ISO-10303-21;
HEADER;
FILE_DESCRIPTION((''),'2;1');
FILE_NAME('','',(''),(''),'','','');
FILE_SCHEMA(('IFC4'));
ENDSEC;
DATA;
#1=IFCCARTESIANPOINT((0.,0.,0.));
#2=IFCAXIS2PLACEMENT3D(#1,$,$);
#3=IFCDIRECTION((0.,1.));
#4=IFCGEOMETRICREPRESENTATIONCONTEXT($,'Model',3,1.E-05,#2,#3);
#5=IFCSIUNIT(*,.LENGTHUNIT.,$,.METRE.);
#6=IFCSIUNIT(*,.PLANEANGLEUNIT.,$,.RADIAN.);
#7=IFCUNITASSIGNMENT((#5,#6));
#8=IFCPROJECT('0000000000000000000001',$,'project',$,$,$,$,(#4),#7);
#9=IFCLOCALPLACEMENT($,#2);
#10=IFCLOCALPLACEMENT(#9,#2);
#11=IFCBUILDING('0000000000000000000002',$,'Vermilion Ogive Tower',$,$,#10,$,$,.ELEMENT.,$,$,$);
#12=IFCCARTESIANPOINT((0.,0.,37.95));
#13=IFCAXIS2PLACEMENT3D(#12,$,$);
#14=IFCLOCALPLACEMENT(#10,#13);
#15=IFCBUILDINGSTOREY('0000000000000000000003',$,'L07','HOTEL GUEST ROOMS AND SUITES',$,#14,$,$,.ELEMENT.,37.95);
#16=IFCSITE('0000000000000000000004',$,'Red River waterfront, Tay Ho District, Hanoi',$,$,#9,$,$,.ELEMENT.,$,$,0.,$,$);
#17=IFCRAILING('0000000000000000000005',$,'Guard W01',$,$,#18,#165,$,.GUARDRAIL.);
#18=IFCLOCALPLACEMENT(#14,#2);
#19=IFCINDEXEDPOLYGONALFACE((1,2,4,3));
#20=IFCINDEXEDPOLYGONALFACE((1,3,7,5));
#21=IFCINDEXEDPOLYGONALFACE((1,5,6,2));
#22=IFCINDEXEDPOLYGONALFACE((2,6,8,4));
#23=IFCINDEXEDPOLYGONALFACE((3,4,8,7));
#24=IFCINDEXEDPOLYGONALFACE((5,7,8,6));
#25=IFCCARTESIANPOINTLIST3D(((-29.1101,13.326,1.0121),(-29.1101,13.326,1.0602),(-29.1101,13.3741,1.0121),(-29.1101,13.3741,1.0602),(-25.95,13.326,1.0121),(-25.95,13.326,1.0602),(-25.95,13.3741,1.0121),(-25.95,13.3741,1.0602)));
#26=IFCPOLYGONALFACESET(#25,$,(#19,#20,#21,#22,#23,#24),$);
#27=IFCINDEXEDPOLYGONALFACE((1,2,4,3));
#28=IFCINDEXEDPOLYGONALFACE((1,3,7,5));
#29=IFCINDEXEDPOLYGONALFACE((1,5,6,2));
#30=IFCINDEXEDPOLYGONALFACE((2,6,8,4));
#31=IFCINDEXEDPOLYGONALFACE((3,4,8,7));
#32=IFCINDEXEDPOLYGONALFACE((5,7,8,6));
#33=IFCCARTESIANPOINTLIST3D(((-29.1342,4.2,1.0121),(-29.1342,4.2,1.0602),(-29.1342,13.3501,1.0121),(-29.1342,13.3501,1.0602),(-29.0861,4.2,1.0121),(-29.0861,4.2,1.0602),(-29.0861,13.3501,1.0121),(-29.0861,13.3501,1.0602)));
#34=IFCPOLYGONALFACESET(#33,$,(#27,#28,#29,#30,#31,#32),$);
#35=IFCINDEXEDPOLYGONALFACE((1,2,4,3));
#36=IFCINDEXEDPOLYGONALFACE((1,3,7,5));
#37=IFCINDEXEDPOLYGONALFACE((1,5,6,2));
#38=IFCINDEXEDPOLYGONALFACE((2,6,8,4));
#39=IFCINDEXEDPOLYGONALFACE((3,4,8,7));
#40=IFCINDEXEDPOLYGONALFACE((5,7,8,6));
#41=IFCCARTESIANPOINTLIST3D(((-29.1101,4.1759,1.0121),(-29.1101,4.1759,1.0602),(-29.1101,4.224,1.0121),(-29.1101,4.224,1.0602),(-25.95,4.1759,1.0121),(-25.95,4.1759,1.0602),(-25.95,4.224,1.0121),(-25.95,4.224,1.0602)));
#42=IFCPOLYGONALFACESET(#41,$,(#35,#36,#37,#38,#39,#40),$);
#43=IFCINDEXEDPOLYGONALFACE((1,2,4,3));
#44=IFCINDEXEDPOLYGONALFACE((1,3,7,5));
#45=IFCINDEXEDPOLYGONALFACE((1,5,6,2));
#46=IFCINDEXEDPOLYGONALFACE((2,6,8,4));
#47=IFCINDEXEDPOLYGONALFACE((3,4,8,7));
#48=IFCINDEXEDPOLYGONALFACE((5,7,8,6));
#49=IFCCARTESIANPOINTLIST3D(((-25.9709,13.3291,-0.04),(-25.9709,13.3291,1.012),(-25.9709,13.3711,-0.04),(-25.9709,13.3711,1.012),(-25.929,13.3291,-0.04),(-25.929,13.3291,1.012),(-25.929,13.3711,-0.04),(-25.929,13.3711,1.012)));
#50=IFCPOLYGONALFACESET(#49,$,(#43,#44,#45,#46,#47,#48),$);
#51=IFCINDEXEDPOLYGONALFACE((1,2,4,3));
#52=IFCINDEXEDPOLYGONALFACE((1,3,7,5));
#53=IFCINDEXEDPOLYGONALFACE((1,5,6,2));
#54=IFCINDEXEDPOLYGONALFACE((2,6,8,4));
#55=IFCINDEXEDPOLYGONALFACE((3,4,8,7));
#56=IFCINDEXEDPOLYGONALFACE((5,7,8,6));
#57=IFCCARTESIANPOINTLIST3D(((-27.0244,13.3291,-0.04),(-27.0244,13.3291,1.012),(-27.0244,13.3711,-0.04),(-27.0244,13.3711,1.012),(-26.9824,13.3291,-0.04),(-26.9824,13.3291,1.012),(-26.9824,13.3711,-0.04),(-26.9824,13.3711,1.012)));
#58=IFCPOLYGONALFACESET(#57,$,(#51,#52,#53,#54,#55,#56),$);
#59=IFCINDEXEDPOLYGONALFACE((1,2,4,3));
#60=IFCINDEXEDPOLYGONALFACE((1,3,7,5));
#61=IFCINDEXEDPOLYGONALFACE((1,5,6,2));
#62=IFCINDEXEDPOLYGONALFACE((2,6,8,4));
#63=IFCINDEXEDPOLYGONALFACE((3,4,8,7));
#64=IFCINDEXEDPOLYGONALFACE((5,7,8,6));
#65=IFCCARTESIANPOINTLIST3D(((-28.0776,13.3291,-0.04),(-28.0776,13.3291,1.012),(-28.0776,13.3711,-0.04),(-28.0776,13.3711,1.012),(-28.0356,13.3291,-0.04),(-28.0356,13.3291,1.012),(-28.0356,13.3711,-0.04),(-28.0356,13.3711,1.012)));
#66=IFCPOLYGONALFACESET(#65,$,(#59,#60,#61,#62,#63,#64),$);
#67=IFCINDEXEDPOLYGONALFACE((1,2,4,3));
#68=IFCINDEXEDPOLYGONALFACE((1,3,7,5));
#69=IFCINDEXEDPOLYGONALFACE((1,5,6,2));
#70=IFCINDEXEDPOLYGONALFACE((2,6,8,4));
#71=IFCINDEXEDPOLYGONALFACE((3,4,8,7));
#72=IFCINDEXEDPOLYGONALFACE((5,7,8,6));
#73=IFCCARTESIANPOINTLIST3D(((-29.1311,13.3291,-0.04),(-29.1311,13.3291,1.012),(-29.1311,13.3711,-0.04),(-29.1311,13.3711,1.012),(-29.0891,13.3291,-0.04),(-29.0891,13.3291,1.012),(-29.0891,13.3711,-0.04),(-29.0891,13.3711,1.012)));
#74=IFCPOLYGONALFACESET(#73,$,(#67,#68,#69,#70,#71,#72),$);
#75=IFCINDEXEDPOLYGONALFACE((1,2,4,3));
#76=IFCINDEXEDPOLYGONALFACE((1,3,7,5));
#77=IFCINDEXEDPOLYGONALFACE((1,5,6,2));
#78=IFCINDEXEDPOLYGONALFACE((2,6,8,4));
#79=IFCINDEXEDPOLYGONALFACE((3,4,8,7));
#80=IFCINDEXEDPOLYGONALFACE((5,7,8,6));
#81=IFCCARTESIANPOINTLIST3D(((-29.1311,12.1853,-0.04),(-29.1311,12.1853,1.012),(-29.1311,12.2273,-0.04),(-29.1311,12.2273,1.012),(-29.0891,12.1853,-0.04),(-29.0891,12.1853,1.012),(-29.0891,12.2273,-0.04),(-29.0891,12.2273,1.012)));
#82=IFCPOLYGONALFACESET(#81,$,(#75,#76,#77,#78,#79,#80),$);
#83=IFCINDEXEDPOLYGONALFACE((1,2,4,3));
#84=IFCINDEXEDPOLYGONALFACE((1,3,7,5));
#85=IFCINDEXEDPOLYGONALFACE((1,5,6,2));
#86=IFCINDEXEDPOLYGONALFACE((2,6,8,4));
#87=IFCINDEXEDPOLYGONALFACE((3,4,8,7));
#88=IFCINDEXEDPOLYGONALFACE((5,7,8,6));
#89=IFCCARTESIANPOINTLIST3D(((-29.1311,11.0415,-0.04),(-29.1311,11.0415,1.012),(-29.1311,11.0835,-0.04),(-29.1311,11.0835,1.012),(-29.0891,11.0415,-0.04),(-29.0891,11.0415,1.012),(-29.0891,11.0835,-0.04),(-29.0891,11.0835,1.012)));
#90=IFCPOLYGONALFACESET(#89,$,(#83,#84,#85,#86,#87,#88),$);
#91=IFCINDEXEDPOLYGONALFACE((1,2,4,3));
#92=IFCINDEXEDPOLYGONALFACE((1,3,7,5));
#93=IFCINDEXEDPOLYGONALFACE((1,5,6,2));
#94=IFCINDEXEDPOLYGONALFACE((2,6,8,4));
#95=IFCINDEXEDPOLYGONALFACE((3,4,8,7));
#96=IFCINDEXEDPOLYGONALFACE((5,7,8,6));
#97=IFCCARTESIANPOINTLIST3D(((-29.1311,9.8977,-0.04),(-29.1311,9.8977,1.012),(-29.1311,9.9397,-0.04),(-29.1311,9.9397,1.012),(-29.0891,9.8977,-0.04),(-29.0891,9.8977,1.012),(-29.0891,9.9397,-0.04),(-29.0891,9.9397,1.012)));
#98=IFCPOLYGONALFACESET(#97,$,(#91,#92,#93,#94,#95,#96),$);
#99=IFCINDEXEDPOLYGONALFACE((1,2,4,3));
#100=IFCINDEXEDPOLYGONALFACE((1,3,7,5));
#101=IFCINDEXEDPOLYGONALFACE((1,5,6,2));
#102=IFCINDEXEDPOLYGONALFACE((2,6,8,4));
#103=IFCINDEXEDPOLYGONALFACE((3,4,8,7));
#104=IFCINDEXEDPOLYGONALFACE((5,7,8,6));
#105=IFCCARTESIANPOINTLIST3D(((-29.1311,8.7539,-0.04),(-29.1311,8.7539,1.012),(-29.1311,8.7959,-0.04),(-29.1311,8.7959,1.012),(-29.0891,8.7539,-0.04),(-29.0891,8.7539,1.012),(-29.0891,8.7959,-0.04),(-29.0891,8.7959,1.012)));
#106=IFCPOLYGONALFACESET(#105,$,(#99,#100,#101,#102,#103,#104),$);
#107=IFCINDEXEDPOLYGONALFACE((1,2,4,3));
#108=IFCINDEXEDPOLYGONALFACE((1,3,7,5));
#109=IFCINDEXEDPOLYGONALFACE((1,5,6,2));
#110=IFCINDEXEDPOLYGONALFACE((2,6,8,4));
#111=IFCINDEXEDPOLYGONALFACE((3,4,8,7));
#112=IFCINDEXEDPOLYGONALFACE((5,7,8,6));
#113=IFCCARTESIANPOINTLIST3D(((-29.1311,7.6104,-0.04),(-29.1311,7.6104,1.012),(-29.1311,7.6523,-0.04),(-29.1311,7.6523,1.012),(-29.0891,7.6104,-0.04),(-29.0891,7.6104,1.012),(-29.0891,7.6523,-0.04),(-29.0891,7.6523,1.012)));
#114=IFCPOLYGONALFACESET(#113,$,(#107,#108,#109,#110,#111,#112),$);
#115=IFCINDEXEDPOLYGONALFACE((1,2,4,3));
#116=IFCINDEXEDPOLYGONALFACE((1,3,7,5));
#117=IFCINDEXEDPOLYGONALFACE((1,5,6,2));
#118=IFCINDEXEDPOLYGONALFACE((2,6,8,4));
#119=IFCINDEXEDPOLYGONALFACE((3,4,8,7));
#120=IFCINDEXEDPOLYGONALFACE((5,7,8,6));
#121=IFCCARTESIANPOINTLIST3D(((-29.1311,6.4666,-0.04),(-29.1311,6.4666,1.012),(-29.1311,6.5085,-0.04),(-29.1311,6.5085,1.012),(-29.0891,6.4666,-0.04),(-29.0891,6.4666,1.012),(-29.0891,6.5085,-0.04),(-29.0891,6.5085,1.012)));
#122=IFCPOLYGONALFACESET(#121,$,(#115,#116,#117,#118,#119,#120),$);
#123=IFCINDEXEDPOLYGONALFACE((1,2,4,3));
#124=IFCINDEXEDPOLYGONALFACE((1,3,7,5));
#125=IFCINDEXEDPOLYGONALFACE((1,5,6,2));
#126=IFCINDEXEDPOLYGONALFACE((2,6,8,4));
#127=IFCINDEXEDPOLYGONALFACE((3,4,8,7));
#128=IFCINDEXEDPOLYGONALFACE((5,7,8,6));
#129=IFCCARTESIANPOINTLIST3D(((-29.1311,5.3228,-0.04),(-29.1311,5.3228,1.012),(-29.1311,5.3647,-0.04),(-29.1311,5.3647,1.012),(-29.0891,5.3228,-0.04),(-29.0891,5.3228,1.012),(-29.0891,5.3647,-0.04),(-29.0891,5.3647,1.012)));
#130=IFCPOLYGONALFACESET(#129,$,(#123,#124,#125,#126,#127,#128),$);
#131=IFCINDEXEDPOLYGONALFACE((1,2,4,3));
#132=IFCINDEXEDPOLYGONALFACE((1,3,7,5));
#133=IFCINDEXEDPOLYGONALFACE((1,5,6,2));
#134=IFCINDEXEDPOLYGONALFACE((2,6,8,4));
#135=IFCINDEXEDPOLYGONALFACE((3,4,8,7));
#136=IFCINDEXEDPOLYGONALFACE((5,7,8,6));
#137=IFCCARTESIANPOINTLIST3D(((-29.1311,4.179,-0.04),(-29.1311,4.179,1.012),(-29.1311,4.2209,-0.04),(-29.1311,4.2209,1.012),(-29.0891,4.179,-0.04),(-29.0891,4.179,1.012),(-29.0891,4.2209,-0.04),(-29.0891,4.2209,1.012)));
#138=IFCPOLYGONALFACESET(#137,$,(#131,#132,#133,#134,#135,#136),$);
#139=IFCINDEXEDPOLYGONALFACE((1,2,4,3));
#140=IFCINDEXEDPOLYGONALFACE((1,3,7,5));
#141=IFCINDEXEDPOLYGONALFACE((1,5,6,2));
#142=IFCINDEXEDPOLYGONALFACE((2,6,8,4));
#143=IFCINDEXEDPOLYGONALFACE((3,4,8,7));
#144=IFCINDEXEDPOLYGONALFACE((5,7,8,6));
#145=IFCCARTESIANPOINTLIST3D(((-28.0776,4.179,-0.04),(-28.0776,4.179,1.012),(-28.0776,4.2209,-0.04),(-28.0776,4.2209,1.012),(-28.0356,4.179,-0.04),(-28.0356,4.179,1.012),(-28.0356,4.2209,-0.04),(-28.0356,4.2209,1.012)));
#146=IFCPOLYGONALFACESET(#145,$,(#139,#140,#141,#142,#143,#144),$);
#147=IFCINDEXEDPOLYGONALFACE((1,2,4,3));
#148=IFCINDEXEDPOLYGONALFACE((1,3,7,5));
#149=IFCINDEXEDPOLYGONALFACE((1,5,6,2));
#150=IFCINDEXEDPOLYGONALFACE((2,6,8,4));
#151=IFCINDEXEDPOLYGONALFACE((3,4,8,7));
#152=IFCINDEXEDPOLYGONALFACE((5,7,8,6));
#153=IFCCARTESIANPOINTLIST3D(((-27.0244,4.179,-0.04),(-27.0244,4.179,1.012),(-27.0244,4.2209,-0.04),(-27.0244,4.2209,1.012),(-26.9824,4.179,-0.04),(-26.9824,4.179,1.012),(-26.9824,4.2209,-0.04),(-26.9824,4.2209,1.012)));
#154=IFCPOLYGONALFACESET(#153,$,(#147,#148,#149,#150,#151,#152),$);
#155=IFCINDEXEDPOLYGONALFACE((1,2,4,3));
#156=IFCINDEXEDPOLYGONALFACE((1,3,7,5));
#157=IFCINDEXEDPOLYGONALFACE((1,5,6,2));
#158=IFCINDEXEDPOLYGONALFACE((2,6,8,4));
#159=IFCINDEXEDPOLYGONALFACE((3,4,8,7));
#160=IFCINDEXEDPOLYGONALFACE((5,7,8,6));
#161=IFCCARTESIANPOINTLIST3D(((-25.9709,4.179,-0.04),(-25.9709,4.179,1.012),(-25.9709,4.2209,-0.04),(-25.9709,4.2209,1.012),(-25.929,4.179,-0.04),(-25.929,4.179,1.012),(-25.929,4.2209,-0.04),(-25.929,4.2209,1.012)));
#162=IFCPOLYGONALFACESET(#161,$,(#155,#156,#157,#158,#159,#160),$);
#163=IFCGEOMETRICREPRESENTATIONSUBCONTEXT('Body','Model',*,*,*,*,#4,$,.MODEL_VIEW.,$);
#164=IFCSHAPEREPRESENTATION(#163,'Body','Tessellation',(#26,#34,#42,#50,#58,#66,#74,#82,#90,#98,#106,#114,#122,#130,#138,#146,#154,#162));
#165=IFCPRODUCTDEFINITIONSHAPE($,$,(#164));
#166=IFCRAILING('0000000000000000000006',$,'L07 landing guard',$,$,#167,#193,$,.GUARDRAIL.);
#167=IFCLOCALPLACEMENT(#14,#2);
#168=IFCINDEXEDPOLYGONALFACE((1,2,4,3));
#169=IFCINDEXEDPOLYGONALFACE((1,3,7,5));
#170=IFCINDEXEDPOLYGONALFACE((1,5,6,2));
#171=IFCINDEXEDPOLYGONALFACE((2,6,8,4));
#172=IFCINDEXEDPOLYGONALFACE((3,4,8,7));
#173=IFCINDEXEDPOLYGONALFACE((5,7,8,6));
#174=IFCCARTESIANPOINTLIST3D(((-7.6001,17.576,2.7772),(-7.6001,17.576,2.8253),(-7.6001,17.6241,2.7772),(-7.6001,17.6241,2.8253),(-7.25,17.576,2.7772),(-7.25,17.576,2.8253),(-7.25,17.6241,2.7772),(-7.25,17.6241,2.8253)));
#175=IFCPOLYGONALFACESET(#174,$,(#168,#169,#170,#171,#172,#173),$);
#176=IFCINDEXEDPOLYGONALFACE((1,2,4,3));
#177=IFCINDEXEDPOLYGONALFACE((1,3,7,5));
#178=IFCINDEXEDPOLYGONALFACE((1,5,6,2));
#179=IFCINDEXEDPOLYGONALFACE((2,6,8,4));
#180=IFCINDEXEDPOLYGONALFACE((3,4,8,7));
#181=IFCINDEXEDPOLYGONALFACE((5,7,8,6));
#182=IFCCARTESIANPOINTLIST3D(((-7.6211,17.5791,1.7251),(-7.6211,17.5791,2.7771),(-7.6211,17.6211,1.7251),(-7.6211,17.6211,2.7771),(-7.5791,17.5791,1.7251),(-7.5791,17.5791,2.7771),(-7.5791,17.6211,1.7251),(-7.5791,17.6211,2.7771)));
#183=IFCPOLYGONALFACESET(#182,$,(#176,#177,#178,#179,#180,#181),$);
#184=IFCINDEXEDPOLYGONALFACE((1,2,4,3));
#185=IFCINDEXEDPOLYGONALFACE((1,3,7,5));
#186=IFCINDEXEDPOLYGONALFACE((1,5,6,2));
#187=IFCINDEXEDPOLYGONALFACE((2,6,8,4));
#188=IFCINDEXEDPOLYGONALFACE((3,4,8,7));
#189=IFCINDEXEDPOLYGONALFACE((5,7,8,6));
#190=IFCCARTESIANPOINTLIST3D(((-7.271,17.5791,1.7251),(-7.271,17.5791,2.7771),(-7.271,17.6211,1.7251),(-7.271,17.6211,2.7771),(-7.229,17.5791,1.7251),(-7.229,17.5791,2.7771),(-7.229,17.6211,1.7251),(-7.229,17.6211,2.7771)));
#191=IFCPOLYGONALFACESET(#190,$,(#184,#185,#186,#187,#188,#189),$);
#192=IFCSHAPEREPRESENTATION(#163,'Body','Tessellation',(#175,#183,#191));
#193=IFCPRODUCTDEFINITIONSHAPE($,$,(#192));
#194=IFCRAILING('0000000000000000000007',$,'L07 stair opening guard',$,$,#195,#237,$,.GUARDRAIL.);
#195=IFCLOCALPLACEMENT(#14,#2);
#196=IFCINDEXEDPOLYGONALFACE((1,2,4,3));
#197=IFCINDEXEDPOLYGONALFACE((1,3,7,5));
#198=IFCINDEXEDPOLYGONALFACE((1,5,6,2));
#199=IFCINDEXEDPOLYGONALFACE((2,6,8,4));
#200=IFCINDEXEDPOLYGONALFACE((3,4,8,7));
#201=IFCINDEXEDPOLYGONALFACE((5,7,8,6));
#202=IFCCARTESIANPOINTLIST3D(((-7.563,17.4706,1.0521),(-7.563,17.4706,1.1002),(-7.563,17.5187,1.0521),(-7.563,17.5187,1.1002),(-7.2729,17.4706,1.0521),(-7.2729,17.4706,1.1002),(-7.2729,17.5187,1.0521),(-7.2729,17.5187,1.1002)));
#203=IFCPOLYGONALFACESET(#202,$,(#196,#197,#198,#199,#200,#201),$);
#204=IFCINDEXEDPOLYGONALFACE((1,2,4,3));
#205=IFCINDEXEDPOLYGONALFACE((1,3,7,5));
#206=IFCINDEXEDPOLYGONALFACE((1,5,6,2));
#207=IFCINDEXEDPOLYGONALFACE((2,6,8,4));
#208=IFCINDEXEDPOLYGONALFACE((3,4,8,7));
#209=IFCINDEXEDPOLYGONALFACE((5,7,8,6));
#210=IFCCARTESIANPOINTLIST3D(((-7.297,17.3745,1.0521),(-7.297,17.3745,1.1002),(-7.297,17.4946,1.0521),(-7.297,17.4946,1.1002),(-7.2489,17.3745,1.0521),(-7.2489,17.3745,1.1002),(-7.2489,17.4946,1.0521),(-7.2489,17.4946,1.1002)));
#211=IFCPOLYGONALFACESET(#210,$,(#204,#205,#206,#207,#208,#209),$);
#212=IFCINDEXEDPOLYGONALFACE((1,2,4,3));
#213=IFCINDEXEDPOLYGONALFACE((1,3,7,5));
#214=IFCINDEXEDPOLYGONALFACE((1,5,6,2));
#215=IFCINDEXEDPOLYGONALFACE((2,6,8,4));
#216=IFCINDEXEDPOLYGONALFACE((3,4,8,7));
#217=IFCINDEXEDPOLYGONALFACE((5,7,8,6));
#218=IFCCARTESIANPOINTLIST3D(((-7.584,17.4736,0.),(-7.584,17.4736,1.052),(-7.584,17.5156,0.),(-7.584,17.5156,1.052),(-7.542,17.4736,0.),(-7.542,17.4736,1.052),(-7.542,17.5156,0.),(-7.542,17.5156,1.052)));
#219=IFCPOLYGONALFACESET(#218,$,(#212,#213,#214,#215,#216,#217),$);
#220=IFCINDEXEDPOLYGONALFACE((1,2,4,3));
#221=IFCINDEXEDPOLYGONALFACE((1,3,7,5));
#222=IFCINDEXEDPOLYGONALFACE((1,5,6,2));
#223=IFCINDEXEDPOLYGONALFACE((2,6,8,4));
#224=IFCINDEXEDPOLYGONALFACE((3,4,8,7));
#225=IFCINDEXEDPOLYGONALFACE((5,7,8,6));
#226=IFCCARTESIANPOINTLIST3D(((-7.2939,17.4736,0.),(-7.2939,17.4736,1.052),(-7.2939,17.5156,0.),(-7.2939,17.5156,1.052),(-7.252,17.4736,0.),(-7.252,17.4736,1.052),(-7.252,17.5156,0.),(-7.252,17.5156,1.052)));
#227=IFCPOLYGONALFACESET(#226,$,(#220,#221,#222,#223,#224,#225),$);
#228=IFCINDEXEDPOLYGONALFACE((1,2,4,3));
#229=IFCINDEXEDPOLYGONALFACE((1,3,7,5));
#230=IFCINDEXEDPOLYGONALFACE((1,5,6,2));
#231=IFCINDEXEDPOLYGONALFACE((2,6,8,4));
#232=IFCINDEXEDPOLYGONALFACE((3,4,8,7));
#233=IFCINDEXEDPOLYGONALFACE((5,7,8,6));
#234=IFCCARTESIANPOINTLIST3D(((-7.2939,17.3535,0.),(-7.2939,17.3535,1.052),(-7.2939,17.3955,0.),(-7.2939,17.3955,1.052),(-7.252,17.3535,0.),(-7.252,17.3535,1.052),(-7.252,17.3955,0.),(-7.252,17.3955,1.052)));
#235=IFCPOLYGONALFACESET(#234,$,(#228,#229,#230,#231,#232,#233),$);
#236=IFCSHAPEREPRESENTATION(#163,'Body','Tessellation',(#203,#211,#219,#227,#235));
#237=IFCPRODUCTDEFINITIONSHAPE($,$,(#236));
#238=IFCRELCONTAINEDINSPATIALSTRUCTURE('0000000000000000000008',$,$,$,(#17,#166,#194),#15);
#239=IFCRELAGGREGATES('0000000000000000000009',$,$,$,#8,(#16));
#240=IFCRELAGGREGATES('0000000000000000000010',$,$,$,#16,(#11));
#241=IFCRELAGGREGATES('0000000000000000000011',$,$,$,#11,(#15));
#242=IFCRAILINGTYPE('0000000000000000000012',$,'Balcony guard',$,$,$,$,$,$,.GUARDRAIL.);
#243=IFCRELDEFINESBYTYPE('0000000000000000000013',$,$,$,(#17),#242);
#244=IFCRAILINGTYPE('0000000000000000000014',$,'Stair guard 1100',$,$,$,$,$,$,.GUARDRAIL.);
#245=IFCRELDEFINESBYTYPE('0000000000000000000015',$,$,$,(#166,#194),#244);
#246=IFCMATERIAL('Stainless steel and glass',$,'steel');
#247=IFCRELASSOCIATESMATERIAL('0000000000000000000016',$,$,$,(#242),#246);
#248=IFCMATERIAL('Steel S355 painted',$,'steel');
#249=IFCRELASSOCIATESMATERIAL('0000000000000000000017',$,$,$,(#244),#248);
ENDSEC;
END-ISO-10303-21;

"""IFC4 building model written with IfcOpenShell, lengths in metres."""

from ifc_helpers import new_model, si_unit, direction, frame, origin, origin_2d, place, context, subcontext, project, spatial, rectangle, extrude, material, type_object, element, save


model = new_model("IFC4")

# Units and contexts
model_context = context("Model", 3, precision=1e-05, world=origin(), true_north=direction((0.0, 1.0)))
body_context = subcontext(model_context, "Body", "Model", "MODEL_VIEW")
ifc_project = project(units=[si_unit("LENGTHUNIT", "METRE"), si_unit("PLANEANGLEUNIT", "RADIAN")], contexts=[model_context])

# Site, building, storey
site_placement = place(None, origin())
site = spatial("IfcSite", under=ifc_project, at=site_placement, Name="Red River waterfront, Tay Ho District, Hanoi", CompositionType="ELEMENT", RefElevation=0.0)
building_placement = place(site_placement, origin())
building = spatial("IfcBuilding", under=site, at=building_placement, Name="Vermilion Ogive Tower", CompositionType="ELEMENT")
storey_placement = place(building_placement, frame((0.0, 0.0, 37.95)))
storey = spatial("IfcBuildingStorey", under=building, at=storey_placement, Name="L07", Description="HOTEL GUEST ROOMS AND SUITES", CompositionType="ELEMENT", Elevation=37.95)

# Railings
ifc_material_1 = material(Name="Stainless steel and glass", Category="steel")
railing_type_1 = type_object("IfcRailingType", Name="Balcony guard", PredefinedType="GUARDRAIL", material=ifc_material_1)
railing_1_placement = place(storey_placement, frame((-25.95, 13.3501, -0.04)))
element("IfcRailing", 1, at=railing_1_placement, inside=storey, type_object=railing_type_1, Name="Guard W01", PredefinedType="GUARDRAIL", context=body_context, shape_type="SweptSolid", body=[
    extrude(rectangle(XDim=0.0481, YDim=0.0481, at=origin_2d()), frame((0.0, 0.0, 1.0762), z_axis=(-1.0, 0.0, 0.0), x_axis=(0.0, -1.0, 0.0)), (0.0, 0.0, 1.0), 3.1602),
    extrude(rectangle(XDim=0.0481, YDim=0.0481, at=origin_2d()), frame((-3.1602, 0.0, 1.0762), z_axis=(0.0, -1.0, 0.0), x_axis=(1.0, 0.0, 0.0)), (0.0, 0.0, 1.0), 9.1501),
    extrude(rectangle(XDim=0.0481, YDim=0.0481, at=origin_2d()), frame((-3.1602, -9.1501, 1.0762), z_axis=(1.0, 0.0, 0.0), x_axis=(0.0, 1.0, 0.0)), (0.0, 0.0, 1.0), 3.1602),
    extrude(rectangle(XDim=0.042, YDim=0.042, at=origin_2d()), origin(), (0.0, 0.0, 1.0), 1.052),
    extrude(rectangle(XDim=0.042, YDim=0.042, at=origin_2d()), frame((-1.0535, 0.0, 0.0)), (0.0, 0.0, 1.0), 1.052),
    extrude(rectangle(XDim=0.042, YDim=0.042, at=origin_2d()), frame((-2.1067, 0.0, 0.0)), (0.0, 0.0, 1.0), 1.052),
    extrude(rectangle(XDim=0.042, YDim=0.042, at=origin_2d()), frame((-3.1602, 0.0, 0.0)), (0.0, 0.0, 1.0), 1.052),
    extrude(rectangle(XDim=0.042, YDim=0.042, at=origin_2d()), frame((-3.1602, -1.1438, 0.0)), (0.0, 0.0, 1.0), 1.052),
    extrude(rectangle(XDim=0.042, YDim=0.042, at=origin_2d()), frame((-3.1602, -2.2876, 0.0)), (0.0, 0.0, 1.0), 1.052),
    extrude(rectangle(XDim=0.042, YDim=0.042, at=origin_2d()), frame((-3.1602, -3.4314, 0.0)), (0.0, 0.0, 1.0), 1.052),
    extrude(rectangle(XDim=0.042, YDim=0.042, at=origin_2d()), frame((-3.1602, -4.5752, 0.0)), (0.0, 0.0, 1.0), 1.052),
    extrude(rectangle(XDim=0.042, YDim=0.042, at=origin_2d()), frame((-3.1602, -5.7188, 0.0)), (0.0, 0.0, 1.0), 1.052),
    extrude(rectangle(XDim=0.042, YDim=0.042, at=origin_2d()), frame((-3.1602, -6.8625, 0.0)), (0.0, 0.0, 1.0), 1.052),
    extrude(rectangle(XDim=0.042, YDim=0.042, at=origin_2d()), frame((-3.1602, -8.0063, 0.0)), (0.0, 0.0, 1.0), 1.052),
    extrude(rectangle(XDim=0.042, YDim=0.042, at=origin_2d()), frame((-3.1602, -9.1501, 0.0)), (0.0, 0.0, 1.0), 1.052),
    extrude(rectangle(XDim=0.042, YDim=0.042, at=origin_2d()), frame((-2.1067, -9.1501, 0.0)), (0.0, 0.0, 1.0), 1.052),
    extrude(rectangle(XDim=0.042, YDim=0.042, at=origin_2d()), frame((-1.0535, -9.1501, 0.0)), (0.0, 0.0, 1.0), 1.052),
    extrude(rectangle(XDim=0.042, YDim=0.042, at=origin_2d()), frame((0.0, -9.1501, 0.0)), (0.0, 0.0, 1.0), 1.052),
])
ifc_material_2 = material(Name="Steel S355 painted", Category="steel")
railing_type_2 = type_object("IfcRailingType", Name="Stair guard 1100", PredefinedType="GUARDRAIL", material=ifc_material_2)
railing_2_placement = place(storey_placement, frame((-7.6001, 17.6001, 1.7251)))
element("IfcRailing", 2, at=railing_2_placement, inside=storey, type_object=railing_type_2, Name="L07 landing guard", PredefinedType="GUARDRAIL", context=body_context, shape_type="SweptSolid", body=[
    extrude(rectangle(XDim=0.0481, YDim=0.0481, at=origin_2d()), frame((0.0, 0.0, 1.0762), z_axis=(1.0, 0.0, 0.0), x_axis=(0.0, 1.0, 0.0)), (0.0, 0.0, 1.0), 0.3501),
    extrude(rectangle(XDim=0.042, YDim=0.042, at=origin_2d()), origin(), (0.0, 0.0, 1.0), 1.052),
    extrude(rectangle(XDim=0.042, YDim=0.042, at=origin_2d()), frame((0.3501, 0.0, 0.0)), (0.0, 0.0, 1.0), 1.052),
])
railing_3_placement = place(storey_placement, frame((-7.563, 17.4946, 0.0)))
element("IfcRailing", 3, at=railing_3_placement, inside=storey, type_object=railing_type_2, Name="L07 stair opening guard", PredefinedType="GUARDRAIL", context=body_context, shape_type="SweptSolid", body=[
    extrude(rectangle(XDim=0.0481, YDim=0.0481, at=origin_2d()), frame((0.0, 0.0, 1.0762), z_axis=(1.0, 0.0, 0.0), x_axis=(0.0, 1.0, 0.0)), (0.0, 0.0, 1.0), 0.29),
    extrude(rectangle(XDim=0.0481, YDim=0.0481, at=origin_2d()), frame((0.29, 0.0, 1.0762), z_axis=(0.0, -1.0, 0.0), x_axis=(1.0, 0.0, 0.0)), (0.0, 0.0, 1.0), 0.1201),
    extrude(rectangle(XDim=0.042, YDim=0.042, at=origin_2d()), origin(), (0.0, 0.0, 1.0), 1.052),
    extrude(rectangle(XDim=0.042, YDim=0.042, at=origin_2d()), frame((0.29, 0.0, 0.0)), (0.0, 0.0, 1.0), 1.052),
    extrude(rectangle(XDim=0.042, YDim=0.042, at=origin_2d()), frame((0.29, -0.1201, 0.0)), (0.0, 0.0, 1.0), 1.052),
])

save(model, "model.ifc")
